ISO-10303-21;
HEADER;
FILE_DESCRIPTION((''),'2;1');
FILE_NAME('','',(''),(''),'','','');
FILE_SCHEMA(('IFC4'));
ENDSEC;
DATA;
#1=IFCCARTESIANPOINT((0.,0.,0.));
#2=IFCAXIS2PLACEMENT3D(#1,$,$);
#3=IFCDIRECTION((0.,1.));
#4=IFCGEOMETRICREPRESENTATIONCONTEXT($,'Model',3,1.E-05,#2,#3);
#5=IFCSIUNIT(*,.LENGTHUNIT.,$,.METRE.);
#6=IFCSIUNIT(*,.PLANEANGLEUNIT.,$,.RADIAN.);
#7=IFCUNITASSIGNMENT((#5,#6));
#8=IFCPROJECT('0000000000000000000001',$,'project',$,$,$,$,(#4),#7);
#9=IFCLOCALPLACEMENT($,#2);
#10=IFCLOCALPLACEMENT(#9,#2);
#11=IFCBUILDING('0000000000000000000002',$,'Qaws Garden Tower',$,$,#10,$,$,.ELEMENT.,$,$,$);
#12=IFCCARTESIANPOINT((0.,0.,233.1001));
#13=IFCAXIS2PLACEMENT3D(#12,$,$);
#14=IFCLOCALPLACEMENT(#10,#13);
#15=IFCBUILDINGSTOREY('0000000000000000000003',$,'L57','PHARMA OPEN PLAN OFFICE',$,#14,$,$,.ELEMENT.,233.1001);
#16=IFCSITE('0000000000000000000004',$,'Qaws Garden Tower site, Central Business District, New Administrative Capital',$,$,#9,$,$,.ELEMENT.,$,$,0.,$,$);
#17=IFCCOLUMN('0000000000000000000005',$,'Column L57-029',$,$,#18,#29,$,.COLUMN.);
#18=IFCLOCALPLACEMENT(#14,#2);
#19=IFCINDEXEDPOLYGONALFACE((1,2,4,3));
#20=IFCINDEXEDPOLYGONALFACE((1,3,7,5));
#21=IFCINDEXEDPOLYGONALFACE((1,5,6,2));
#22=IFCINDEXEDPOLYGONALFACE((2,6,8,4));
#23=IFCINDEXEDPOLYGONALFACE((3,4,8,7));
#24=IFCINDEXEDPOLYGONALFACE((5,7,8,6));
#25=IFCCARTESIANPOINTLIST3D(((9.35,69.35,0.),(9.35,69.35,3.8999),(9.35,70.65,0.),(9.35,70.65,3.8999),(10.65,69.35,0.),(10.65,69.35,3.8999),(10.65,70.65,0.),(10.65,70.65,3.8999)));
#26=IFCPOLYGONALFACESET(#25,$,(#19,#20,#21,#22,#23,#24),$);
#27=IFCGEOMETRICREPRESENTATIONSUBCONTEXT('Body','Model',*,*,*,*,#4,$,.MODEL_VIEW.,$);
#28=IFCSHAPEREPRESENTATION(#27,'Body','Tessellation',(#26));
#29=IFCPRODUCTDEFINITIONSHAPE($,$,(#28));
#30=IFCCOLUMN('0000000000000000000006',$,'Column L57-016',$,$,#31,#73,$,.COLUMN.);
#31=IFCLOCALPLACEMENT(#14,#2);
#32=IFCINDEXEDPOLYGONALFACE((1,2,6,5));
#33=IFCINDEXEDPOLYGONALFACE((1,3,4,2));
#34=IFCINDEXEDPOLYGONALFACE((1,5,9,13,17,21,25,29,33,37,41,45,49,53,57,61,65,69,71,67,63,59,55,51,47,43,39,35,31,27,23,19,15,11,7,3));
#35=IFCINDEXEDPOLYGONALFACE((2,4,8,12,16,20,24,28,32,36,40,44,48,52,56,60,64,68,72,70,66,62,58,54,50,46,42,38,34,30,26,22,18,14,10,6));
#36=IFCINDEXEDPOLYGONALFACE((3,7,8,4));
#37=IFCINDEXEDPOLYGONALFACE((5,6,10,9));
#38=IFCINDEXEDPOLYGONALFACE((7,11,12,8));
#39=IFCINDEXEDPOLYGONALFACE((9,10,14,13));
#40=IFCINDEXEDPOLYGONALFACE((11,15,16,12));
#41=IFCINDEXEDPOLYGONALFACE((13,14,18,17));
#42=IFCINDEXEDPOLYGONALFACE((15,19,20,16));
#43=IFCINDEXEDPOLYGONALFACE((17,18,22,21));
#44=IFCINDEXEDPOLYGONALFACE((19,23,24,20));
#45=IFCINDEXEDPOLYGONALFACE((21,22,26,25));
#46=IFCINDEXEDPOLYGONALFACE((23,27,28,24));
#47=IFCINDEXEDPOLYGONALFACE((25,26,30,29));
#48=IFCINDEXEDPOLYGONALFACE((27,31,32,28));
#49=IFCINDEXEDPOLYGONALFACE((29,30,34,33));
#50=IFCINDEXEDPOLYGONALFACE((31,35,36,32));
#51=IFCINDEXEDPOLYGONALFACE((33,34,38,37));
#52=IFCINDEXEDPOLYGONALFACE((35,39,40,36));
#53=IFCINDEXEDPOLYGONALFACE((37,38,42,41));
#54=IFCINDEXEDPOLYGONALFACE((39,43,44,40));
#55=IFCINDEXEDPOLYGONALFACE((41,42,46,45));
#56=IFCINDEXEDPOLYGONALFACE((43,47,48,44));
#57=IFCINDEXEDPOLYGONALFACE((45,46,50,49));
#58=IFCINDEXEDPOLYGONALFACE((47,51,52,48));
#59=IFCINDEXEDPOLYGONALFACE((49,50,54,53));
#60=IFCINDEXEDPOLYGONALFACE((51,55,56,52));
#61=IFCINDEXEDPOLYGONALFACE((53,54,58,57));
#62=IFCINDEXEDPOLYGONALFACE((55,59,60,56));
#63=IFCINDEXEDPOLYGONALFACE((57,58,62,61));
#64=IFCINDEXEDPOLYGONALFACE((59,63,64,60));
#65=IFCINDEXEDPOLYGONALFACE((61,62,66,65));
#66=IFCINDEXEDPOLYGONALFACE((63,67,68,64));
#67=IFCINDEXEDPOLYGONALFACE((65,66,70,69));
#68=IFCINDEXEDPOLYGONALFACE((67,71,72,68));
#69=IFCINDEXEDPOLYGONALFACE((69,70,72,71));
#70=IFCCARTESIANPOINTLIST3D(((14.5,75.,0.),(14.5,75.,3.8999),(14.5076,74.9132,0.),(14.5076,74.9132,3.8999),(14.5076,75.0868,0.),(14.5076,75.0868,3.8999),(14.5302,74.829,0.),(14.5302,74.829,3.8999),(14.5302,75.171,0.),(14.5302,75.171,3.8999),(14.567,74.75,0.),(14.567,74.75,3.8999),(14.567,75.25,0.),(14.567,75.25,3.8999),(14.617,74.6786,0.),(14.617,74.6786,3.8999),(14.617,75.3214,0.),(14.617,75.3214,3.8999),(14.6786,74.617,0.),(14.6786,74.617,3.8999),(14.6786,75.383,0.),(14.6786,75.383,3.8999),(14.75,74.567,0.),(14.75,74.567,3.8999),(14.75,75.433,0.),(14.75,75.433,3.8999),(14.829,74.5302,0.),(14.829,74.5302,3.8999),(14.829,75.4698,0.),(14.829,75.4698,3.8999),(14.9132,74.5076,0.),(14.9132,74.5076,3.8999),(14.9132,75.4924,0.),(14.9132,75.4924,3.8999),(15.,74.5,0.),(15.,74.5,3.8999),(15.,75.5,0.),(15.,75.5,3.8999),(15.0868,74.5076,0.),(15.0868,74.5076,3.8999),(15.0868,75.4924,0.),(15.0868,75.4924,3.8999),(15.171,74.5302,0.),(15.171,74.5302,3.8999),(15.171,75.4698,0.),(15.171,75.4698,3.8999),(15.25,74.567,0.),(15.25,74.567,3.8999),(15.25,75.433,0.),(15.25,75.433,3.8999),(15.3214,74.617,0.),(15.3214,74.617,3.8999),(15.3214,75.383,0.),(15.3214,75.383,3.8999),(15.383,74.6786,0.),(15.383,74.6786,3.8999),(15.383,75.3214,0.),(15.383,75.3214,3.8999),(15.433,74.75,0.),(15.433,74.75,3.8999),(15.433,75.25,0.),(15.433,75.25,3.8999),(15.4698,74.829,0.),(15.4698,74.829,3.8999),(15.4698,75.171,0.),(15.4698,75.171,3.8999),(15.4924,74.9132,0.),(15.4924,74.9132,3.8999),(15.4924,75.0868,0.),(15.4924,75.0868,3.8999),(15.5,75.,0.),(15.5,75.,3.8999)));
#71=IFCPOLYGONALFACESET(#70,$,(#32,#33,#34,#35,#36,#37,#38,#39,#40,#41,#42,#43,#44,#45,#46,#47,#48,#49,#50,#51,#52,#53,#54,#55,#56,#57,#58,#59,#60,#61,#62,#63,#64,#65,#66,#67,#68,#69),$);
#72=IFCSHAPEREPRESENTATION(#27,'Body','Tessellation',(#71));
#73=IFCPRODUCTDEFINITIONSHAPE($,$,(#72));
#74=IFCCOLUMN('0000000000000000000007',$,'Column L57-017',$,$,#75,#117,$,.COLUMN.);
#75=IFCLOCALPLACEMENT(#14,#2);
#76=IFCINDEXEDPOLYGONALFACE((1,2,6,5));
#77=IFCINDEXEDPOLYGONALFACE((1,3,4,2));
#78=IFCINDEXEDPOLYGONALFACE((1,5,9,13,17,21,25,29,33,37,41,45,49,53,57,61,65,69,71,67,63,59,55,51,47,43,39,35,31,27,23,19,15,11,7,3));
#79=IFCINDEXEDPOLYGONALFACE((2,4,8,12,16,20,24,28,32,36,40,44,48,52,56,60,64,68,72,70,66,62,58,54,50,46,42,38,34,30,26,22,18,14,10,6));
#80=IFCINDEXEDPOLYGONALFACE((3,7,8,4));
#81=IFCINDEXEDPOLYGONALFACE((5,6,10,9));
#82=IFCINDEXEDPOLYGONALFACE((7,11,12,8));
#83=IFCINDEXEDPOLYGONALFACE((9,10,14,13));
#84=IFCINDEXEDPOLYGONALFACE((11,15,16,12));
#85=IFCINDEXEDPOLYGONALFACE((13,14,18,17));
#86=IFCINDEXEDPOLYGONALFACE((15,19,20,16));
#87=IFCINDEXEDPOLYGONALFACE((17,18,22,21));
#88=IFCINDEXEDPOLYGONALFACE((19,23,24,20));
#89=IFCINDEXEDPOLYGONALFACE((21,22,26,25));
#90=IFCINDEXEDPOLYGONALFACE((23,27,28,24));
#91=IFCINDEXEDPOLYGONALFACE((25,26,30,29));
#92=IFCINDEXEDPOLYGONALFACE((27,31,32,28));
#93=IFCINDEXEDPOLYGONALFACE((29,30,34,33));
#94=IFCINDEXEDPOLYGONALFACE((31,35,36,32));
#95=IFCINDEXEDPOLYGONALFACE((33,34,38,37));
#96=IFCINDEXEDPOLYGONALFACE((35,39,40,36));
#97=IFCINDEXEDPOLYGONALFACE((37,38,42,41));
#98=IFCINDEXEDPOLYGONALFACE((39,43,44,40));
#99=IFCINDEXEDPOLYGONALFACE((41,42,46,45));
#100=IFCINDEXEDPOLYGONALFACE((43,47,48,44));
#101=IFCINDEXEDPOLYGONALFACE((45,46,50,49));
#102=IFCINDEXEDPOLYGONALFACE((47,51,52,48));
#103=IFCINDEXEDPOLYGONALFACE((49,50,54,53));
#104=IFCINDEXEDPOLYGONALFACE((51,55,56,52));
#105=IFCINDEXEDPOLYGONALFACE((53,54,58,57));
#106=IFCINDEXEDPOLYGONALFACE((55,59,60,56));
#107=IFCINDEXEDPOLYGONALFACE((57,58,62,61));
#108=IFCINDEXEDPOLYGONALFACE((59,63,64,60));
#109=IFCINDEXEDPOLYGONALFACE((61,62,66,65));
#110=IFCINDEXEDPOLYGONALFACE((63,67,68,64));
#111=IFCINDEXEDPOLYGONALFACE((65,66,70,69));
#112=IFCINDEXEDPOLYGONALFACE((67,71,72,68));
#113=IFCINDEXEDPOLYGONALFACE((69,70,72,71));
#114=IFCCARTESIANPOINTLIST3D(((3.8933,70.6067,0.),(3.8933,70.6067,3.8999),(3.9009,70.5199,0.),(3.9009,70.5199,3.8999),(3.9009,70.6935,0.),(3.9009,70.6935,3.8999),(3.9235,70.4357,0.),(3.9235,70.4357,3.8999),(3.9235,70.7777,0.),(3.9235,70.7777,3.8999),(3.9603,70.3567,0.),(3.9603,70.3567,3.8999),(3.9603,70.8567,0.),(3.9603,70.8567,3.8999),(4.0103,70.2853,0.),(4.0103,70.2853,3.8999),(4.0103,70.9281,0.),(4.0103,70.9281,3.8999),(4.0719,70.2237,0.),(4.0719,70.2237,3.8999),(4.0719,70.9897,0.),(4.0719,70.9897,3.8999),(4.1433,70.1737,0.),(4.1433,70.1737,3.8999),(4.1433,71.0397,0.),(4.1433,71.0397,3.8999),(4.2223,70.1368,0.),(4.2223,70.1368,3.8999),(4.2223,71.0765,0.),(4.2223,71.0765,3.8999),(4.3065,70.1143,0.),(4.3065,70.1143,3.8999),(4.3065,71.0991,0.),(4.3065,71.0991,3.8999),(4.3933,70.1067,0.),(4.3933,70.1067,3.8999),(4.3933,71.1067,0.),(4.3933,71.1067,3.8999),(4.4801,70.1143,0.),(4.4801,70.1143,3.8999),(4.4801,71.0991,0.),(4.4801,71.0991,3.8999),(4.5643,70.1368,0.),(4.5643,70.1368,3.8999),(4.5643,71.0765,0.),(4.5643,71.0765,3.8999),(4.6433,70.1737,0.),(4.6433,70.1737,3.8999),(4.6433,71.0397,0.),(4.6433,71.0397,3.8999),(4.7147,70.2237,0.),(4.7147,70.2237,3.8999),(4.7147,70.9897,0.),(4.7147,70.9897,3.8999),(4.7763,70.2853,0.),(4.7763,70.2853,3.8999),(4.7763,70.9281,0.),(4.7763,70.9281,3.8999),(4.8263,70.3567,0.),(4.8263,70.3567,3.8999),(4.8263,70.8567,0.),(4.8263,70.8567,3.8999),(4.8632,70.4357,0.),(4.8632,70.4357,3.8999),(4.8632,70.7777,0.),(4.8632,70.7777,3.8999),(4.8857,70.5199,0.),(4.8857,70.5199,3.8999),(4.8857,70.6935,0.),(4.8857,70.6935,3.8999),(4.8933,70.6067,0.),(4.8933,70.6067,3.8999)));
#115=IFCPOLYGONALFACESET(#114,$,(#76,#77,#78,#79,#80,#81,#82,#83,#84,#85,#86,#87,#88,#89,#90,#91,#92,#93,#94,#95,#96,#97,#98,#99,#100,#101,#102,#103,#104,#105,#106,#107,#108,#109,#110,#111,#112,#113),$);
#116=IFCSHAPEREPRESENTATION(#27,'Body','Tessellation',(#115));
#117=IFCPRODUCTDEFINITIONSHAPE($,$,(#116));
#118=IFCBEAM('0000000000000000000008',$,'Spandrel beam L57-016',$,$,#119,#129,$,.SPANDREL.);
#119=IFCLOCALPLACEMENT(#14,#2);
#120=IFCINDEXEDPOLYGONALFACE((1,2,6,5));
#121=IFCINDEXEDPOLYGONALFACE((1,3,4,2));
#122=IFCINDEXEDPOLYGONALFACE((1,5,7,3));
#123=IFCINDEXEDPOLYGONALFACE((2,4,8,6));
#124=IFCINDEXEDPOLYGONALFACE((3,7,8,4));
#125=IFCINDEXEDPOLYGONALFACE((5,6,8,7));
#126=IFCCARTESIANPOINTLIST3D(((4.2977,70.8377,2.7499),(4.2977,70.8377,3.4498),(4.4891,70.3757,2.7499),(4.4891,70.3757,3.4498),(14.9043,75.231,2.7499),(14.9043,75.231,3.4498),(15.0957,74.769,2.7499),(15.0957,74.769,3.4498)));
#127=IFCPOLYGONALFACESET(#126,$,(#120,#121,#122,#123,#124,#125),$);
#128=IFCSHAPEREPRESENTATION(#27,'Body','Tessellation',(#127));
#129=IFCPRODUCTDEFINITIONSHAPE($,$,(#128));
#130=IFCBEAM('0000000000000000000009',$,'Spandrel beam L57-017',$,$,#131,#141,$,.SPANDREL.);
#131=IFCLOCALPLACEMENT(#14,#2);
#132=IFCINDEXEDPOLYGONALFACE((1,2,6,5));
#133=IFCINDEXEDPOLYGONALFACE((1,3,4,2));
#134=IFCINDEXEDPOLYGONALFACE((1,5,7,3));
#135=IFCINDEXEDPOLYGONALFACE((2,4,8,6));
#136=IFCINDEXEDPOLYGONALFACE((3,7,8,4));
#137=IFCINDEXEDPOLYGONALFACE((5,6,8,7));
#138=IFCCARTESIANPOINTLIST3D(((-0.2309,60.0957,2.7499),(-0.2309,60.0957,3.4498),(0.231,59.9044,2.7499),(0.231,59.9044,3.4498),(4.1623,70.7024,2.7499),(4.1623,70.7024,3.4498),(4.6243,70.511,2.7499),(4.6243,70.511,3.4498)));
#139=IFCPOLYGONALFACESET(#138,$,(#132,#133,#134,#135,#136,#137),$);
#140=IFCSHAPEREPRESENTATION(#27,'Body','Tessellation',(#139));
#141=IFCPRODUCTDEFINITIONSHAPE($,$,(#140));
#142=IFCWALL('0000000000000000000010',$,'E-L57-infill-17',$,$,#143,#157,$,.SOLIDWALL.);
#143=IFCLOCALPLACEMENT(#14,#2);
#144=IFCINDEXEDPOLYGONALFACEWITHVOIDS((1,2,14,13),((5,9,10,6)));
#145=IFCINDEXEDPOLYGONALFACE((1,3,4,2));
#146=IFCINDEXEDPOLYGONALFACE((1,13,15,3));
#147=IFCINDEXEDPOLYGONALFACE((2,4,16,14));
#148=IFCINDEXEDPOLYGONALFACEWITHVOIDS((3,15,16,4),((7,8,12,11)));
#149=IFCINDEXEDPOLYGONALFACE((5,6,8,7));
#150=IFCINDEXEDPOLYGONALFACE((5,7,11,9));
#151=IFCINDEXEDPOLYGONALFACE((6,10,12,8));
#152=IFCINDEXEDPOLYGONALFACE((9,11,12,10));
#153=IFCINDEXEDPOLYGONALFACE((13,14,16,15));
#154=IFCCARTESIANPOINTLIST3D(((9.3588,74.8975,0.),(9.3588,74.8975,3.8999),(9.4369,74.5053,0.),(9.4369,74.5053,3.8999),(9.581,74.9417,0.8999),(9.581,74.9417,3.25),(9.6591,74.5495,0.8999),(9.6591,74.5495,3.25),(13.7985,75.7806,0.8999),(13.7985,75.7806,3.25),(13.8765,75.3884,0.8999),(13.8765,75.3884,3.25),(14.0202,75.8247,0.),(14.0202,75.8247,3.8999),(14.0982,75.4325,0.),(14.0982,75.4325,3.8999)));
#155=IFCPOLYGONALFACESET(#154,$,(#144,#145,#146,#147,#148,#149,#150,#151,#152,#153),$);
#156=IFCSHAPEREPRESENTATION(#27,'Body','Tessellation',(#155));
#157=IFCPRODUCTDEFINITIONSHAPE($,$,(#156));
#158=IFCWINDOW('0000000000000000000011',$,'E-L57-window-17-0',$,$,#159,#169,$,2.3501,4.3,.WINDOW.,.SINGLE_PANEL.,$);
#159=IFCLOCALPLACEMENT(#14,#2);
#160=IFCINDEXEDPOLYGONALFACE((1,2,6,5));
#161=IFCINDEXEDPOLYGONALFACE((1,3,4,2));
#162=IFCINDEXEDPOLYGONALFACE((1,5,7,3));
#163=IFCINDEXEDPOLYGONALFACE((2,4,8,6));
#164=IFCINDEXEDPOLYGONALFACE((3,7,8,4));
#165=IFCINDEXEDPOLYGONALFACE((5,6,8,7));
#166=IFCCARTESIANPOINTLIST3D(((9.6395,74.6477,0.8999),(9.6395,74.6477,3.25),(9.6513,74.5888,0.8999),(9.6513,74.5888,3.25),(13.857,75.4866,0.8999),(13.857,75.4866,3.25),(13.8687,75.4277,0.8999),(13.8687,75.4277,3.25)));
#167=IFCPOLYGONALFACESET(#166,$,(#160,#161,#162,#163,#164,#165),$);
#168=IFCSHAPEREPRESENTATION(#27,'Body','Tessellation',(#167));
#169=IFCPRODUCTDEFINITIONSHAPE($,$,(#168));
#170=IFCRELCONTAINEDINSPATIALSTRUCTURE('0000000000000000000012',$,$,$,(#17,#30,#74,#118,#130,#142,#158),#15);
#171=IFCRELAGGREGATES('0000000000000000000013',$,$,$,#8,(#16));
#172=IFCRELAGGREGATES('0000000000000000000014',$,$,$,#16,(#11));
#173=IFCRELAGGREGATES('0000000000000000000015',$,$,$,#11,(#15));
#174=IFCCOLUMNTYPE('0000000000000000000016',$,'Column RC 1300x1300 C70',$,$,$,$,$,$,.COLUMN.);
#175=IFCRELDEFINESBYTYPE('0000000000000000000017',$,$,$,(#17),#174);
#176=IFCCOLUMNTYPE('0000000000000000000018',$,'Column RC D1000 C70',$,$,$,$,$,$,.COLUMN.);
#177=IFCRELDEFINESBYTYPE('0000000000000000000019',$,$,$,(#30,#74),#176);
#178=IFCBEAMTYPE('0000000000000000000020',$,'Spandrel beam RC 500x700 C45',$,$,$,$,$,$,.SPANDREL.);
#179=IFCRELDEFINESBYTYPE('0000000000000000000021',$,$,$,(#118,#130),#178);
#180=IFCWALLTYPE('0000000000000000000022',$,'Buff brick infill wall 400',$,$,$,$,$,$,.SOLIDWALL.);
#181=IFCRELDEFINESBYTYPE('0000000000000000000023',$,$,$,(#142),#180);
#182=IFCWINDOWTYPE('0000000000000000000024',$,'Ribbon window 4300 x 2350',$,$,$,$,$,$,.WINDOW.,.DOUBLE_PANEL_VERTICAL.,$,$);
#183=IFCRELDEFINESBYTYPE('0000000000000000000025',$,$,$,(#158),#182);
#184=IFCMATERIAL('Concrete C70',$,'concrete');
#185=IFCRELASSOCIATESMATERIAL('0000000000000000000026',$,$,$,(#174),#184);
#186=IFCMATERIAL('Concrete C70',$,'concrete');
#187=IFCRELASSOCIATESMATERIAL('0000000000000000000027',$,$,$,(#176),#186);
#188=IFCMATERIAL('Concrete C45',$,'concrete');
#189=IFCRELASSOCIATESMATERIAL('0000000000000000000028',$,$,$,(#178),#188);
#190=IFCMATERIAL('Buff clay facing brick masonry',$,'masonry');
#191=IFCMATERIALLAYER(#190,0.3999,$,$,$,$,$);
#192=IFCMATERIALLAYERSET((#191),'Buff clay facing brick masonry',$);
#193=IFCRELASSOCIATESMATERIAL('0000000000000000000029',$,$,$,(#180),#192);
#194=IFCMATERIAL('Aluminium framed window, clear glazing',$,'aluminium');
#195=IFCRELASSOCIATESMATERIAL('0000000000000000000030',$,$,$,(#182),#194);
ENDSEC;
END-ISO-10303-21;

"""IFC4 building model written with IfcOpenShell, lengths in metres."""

from ifc_helpers import new_model, si_unit, direction, frame, frame_2d, origin, origin_2d, place, context, subcontext, project, spatial, rectangle, circle, extrude, material, layer, layer_set, material_profile, profile_set, type_object, element, fill, save


model = new_model("IFC4")

# Units and contexts
model_context = context("Model", 3, precision=1e-05, world=origin(), true_north=direction((0.0, 1.0)))
body_context = subcontext(model_context, "Body", "Model", "MODEL_VIEW")
ifc_project = project(units=[si_unit("LENGTHUNIT", "METRE"), si_unit("PLANEANGLEUNIT", "RADIAN")], contexts=[model_context])

# Site, building, storey
site_placement = place(None, origin())
site = spatial("IfcSite", under=ifc_project, at=site_placement, Name="Qaws Garden Tower site, Central Business District, New Administrative Capital", CompositionType="ELEMENT", RefElevation=0.0)
building_placement = place(site_placement, origin())
building = spatial("IfcBuilding", under=site, at=building_placement, Name="Qaws Garden Tower", CompositionType="ELEMENT")
storey_placement = place(building_placement, frame((0.0, 0.0, 233.1001)))
storey = spatial("IfcBuildingStorey", under=building, at=storey_placement, Name="L57", Description="PHARMA OPEN PLAN OFFICE", CompositionType="ELEMENT", Elevation=233.1001)

# Columns
ifc_material_1 = material(Name="Concrete C70", Category="concrete")
ifc_material_profile_1 = material_profile(ifc_material_1, rectangle(XDim=1.3, YDim=1.3, at=origin_2d()), Name="RC 1300x1300")
ifc_profile_set_1 = profile_set([ifc_material_profile_1], Name="Concrete C70")
column_type_1 = type_object("IfcColumnType", Name="Column RC 1300x1300 C70", PredefinedType="COLUMN", material=ifc_profile_set_1)
column_placement = place(storey_placement, frame((10.0, 70.0, 0.0), z_axis=(0.0, 0.0, 1.0), x_axis=(1.0, 0.0, 0.0)))
element("IfcColumn", 1, at=column_placement, inside=storey, type_object=column_type_1, Name="Column L57-029", PredefinedType="COLUMN", context=body_context, shape_type="SweptSolid", body=[
    extrude(rectangle(XDim=1.3, YDim=1.3, at=origin_2d()), origin(), (0.0, 0.0, 1.0), 3.8999),
])
ifc_material_2 = material(Name="Concrete C70", Category="concrete")
ifc_material_profile_2 = material_profile(ifc_material_2, circle(Radius=0.5, at=origin_2d()), Name="RC D1000")
ifc_profile_set_2 = profile_set([ifc_material_profile_2], Name="Concrete C70")
column_type_2 = type_object("IfcColumnType", Name="Column RC D1000 C70", PredefinedType="COLUMN", material=ifc_profile_set_2)
for number, where, z_axis, x_axis, name in (
    (2, (15.0, 75.0, 0.0), (0.0, 0.0, 1.0), (1.0, 0.0, 0.0), "Column L57-016"),
    (3, (4.3933, 70.6067, 0.0), (0.0, 0.0, 1.0), (1.0, 0.0, 0.0), "Column L57-017"),
):
    element("IfcColumn", number, at=place(storey_placement, frame(where, z_axis=z_axis, x_axis=x_axis)), inside=storey, type_object=column_type_2, Name=name, PredefinedType="COLUMN", context=body_context, shape_type="SweptSolid", body=[
        extrude(circle(Radius=0.5, at=origin_2d()), origin(), (0.0, 0.0, 1.0), 3.8999),
    ])

# Beams
ifc_material_3 = material(Name="Concrete C45", Category="concrete")
ifc_material_profile_3 = material_profile(ifc_material_3, rectangle(XDim=0.5, YDim=0.7, at=origin_2d()), Name="RC 500x700")
ifc_profile_set_3 = profile_set([ifc_material_profile_3], Name="Concrete C45")
beam_type = type_object("IfcBeamType", Name="Spandrel beam RC 500x700 C45", PredefinedType="SPANDREL", material=ifc_profile_set_3)
for number, where, z_axis, x_axis, name in (
    (4, (15.0, 75.0, 3.0999), (-0.923883, -0.382674, 0.0), (0.382674, -0.923883, 0.0), "Spandrel beam L57-016"),
    (5, (4.3933, 70.6067, 3.0999), (-0.382674, -0.923883, 0.0), (0.923883, -0.382674, 0.0), "Spandrel beam L57-017"),
):
    element("IfcBeam", number, at=place(storey_placement, frame(where, z_axis=z_axis, x_axis=x_axis)), inside=storey, type_object=beam_type, Name=name, PredefinedType="SPANDREL", context=body_context, shape_type="SweptSolid", body=[
        extrude(rectangle(XDim=0.5, YDim=0.7, at=origin_2d()), origin(), (0.0, 0.0, 1.0), 11.4805),
    ])

# Wall, opening, window
ifc_material_4 = material(Name="Buff clay facing brick masonry", Category="masonry")
ifc_layer_1 = layer(ifc_material_4, 0.3999)
ifc_layer_set_1 = layer_set([ifc_layer_1], Name="Buff clay facing brick masonry")
wall_type_1 = type_object("IfcWallType", Name="Buff brick infill wall 400", PredefinedType="SOLIDWALL", material=ifc_layer_set_1)
wall_1_placement = place(storey_placement, frame((14.0593, 75.6287, 0.0), z_axis=(0.0, 0.0, 1.0), x_axis=(-0.980784, -0.195099, 0.0)))
wall_1 = element("IfcWall", 6, at=wall_1_placement, inside=storey, type_object=wall_type_1, Name="E-L57-infill-17", PredefinedType="SOLIDWALL", context=body_context, shape_type="SweptSolid", body=[
    extrude(rectangle(XDim=4.7527, YDim=0.3999, at=frame_2d((2.3765, 0.0))), origin(), (0.0, 0.0, 1.0), 3.8999),
])
opening_1_placement = place(wall_1_placement, frame((0.2263, 0.0, 0.8999)))
opening_1 = element("IfcOpeningElement", 7, at=opening_1_placement, cuts=wall_1, PredefinedType="OPENING", context=body_context, shape_type="SweptSolid", body=[
    extrude(rectangle(XDim=4.3, YDim=2.3501, at=frame_2d((2.1499, 1.175))), frame((0.0, 0.21, 0.0), z_axis=(0.0, -1.0, 0.0), x_axis=(1.0, 0.0, 0.0)), (0.0, 0.0, 1.0), 0.4199),
])
ifc_material_5 = material(Name="Aluminium framed window, clear glazing", Category="aluminium")
window_type = type_object("IfcWindowType", Name="Ribbon window 4300 x 2350", PartitioningType="DOUBLE_PANEL_VERTICAL", PredefinedType="WINDOW", material=ifc_material_5)
window_1_placement = place(opening_1_placement, origin())
window_1 = element("IfcWindow", 8, at=window_1_placement, inside=storey, type_object=window_type, Name="E-L57-window-17-0", OverallHeight=2.3501, OverallWidth=4.3, PartitioningType="SINGLE_PANEL", PredefinedType="WINDOW", context=body_context, shape_type="SweptSolid", body=[
    extrude(rectangle(XDim=4.3, YDim=2.3501, at=frame_2d((2.1499, 1.175))), frame((0.0, 0.1599, 0.0), z_axis=(0.0, -1.0, 0.0), x_axis=(1.0, 0.0, 0.0)), (0.0, 0.0, 1.0), 0.0601),
])
fill(opening_1, window_1)

save(model, "model.ifc")
